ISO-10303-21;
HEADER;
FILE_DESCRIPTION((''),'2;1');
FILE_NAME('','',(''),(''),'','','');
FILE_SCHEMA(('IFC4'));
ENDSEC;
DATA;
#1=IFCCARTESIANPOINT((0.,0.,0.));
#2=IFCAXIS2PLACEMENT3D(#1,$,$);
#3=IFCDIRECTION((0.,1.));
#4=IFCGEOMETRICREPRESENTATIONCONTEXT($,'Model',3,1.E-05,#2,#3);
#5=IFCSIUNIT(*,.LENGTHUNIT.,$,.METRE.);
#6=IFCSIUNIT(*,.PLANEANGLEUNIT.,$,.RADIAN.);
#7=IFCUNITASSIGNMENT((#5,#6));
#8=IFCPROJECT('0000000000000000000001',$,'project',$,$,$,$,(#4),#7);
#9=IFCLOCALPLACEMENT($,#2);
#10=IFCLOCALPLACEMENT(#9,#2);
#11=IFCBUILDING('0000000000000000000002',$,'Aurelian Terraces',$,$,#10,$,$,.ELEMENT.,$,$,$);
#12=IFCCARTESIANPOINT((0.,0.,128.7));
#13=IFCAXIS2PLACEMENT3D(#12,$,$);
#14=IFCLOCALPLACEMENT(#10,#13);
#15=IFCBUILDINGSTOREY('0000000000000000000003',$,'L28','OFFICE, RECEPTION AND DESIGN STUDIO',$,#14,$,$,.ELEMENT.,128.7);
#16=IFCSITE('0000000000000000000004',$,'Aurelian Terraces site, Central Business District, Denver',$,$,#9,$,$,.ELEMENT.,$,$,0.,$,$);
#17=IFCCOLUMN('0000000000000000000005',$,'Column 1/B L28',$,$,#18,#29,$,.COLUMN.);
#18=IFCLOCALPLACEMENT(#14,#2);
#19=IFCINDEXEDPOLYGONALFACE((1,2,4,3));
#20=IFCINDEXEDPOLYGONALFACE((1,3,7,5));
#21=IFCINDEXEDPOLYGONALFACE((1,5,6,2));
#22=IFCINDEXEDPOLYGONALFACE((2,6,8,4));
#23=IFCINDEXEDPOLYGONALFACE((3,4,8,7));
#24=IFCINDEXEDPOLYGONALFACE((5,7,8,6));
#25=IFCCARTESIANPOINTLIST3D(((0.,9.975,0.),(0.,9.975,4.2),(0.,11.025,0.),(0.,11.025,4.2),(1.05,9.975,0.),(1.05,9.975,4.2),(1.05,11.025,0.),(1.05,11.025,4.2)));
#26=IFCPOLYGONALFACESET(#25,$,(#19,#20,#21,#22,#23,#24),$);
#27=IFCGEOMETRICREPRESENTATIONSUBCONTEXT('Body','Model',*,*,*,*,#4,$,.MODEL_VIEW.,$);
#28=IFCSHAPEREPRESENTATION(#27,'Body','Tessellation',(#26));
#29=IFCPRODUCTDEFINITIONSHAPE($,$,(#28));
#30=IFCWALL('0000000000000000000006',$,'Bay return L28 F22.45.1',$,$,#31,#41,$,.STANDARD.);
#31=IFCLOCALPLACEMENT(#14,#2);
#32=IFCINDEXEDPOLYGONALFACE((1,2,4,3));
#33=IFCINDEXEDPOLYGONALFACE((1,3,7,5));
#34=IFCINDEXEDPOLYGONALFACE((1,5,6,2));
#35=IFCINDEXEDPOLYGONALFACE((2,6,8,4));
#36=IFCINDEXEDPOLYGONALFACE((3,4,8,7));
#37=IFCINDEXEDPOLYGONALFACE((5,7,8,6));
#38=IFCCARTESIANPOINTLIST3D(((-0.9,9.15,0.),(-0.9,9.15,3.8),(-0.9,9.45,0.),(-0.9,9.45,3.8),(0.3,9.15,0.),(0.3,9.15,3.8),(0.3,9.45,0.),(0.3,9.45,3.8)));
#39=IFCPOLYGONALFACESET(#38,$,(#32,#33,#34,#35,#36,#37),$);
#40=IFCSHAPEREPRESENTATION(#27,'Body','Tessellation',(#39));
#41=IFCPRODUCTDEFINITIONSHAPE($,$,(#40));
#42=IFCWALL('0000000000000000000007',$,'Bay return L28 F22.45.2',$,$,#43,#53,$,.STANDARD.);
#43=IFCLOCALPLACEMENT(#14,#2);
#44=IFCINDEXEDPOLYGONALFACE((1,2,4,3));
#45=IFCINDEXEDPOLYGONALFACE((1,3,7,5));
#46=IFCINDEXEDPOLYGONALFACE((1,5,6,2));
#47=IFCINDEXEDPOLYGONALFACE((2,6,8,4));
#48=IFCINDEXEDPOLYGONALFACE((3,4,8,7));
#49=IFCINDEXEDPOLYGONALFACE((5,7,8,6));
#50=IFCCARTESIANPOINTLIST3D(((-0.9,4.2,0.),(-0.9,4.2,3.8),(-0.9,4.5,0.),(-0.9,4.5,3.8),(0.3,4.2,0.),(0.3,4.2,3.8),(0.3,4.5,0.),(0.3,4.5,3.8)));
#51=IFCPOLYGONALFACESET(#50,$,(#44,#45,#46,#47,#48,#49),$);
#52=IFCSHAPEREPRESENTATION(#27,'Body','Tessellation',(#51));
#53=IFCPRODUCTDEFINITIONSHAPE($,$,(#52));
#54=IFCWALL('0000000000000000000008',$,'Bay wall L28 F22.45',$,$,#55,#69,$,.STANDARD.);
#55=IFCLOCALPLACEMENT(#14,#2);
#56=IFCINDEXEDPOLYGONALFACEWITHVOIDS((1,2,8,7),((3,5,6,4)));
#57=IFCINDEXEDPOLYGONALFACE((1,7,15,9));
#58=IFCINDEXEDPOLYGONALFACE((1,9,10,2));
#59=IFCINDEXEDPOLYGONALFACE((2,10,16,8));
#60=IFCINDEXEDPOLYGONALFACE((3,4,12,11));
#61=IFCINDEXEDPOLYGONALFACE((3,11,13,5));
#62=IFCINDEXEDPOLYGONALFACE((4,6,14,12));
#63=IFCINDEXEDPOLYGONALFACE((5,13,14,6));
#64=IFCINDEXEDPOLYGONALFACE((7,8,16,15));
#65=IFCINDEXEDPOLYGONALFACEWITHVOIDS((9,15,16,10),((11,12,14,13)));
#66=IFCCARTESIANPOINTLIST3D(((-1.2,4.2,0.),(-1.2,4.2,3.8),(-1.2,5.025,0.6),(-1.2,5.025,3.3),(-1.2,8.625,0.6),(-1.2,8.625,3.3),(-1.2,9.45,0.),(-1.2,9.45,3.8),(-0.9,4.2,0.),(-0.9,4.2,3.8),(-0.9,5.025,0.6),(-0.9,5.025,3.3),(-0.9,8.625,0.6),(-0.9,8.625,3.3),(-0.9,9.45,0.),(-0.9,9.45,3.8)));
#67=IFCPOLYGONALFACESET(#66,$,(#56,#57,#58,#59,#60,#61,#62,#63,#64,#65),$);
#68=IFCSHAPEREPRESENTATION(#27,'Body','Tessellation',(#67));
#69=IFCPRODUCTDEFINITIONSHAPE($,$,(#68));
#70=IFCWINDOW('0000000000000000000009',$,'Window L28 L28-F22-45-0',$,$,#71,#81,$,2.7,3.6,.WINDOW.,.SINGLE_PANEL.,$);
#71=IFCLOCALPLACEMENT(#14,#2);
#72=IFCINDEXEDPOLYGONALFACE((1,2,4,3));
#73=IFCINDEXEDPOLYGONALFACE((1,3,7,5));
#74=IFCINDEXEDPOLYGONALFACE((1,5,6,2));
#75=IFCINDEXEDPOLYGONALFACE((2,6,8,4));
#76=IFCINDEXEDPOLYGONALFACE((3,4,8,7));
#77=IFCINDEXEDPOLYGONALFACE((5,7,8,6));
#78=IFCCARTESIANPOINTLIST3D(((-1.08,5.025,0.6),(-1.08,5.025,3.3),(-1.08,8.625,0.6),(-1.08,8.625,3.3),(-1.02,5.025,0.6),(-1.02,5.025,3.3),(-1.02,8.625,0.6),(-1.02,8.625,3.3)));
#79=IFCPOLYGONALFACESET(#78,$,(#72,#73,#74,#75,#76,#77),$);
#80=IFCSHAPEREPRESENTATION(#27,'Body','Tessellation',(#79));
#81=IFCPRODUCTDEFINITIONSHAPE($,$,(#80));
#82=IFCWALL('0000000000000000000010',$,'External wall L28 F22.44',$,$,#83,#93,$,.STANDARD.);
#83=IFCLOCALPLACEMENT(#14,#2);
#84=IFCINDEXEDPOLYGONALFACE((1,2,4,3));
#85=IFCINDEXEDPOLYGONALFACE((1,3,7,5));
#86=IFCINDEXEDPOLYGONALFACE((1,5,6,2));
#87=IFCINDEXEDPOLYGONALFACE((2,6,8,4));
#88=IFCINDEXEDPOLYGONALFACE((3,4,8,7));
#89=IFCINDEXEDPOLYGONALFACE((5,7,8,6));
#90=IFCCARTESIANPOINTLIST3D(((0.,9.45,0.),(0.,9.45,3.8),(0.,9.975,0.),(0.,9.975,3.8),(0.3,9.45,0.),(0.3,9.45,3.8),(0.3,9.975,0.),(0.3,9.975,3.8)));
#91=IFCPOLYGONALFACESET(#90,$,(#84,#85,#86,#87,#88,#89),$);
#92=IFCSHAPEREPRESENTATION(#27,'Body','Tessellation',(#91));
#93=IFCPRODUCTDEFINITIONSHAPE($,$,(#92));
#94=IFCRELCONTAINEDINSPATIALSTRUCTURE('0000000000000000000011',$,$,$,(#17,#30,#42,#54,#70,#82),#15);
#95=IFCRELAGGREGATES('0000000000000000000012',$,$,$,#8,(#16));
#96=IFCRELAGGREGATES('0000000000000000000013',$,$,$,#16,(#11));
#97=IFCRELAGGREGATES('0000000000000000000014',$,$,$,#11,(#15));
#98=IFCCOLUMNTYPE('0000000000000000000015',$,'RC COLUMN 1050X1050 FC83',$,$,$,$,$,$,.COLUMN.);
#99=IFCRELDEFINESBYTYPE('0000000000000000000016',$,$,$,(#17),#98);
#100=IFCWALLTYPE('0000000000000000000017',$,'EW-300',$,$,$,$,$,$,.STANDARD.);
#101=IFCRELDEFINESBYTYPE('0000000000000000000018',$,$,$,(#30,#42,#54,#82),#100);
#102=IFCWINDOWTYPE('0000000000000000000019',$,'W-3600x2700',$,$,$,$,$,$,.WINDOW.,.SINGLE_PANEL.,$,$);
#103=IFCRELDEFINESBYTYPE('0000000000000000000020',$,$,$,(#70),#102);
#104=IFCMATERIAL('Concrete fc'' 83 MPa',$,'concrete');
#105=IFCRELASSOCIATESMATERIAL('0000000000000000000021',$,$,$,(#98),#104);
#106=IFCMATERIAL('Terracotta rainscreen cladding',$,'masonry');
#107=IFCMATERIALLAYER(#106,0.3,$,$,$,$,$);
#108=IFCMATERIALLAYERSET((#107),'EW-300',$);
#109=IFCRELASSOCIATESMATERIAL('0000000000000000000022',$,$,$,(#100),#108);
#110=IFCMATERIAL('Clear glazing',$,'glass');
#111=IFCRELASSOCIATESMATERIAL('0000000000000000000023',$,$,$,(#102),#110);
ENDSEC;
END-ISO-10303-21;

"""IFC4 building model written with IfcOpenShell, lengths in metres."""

from ifc_helpers import new_model, si_unit, direction, frame, frame_2d, origin, origin_2d, place, context, subcontext, project, spatial, rectangle, extrude, source, transform, mapped, material, layer, layer_set, material_profile, profile_set, type_object, element, fill, save


model = new_model("IFC4")

# Units and contexts
model_context = context("Model", 3, precision=1e-05, world=origin(), true_north=direction((0.0, 1.0)))
body_context = subcontext(model_context, "Body", "Model", "MODEL_VIEW")
ifc_project = project(units=[si_unit("LENGTHUNIT", "METRE"), si_unit("PLANEANGLEUNIT", "RADIAN")], contexts=[model_context])

# Site, building, storey
site_placement = place(None, origin())
site = spatial("IfcSite", under=ifc_project, at=site_placement, Name="Aurelian Terraces site, Central Business District, Denver", CompositionType="ELEMENT", RefElevation=0.0)
building_placement = place(site_placement, origin())
building = spatial("IfcBuilding", under=site, at=building_placement, Name="Aurelian Terraces", CompositionType="ELEMENT")
storey_placement = place(building_placement, frame((0.0, 0.0, 128.7)))
storey = spatial("IfcBuildingStorey", under=building, at=storey_placement, Name="L28", Description="OFFICE, RECEPTION AND DESIGN STUDIO", CompositionType="ELEMENT", Elevation=128.7)

# Column
ifc_material_1 = material(Name="Concrete fc' 83 MPa", Category="concrete")
ifc_material_profile = material_profile(ifc_material_1, rectangle(XDim=1.05, YDim=1.05, at=origin_2d()))
ifc_profile_set = profile_set([ifc_material_profile], Name="Concrete fc' 83 MPa")
column_type = type_object("IfcColumnType", Name="RC COLUMN 1050X1050 FC83", PredefinedType="COLUMN", material=ifc_profile_set)
shared_shape_1 = source(origin(), body_context, "Body", "SweptSolid", [
    extrude(rectangle(XDim=1.05, YDim=1.05, at=origin_2d()), origin(), (0.0, 0.0, 1.0), 4.2),
])
column_placement = place(storey_placement, frame((0.525, 10.5, 0.0), z_axis=(0.0, 0.0, 1.0), x_axis=(1.0, 0.0, 0.0)))
element("IfcColumn", 1, at=column_placement, inside=storey, type_object=column_type, Name="Column 1/B L28", PredefinedType="COLUMN", context=body_context, shape_type="MappedRepresentation", body=[
    mapped(shared_shape_1, transform((0.0, 0.0, 0.0), scale=1.0)),
])

# Walls
ifc_material_2 = material(Name="Terracotta rainscreen cladding", Category="masonry")
ifc_layer_1 = layer(ifc_material_2, 0.3)
ifc_layer_set_1 = layer_set([ifc_layer_1], Name="EW-300")
wall_type_1 = type_object("IfcWallType", Name="EW-300", PredefinedType="STANDARD", material=ifc_layer_set_1)
shared_shape_2 = source(origin(), body_context, "Body", "SweptSolid", [
    extrude(rectangle(XDim=1.2, YDim=0.3, at=frame_2d((0.6, 0.0))), origin(), (0.0, 0.0, 1.0), 3.8),
])
for number, where, z_axis, x_axis, name in (
    (2, (0.3, 9.3, 0.0), (0.0, 0.0, 1.0), (-1.0, 0.0, 0.0), "Bay return L28 F22.45.1"),
    (3, (0.3, 4.35, 0.0), (0.0, 0.0, 1.0), (-1.0, 0.0, 0.0), "Bay return L28 F22.45.2"),
):
    element("IfcWall", number, at=place(storey_placement, frame(where, z_axis=z_axis, x_axis=x_axis)), inside=storey, type_object=wall_type_1, Name=name, PredefinedType="STANDARD", context=body_context, shape_type="MappedRepresentation", body=[
        mapped(shared_shape_2, transform((0.0, 0.0, 0.0), scale=1.0)),
    ])

# Wall, opening, window
shared_shape_3 = source(origin(), body_context, "Body", "SweptSolid", [
    extrude(rectangle(XDim=5.25, YDim=0.3, at=frame_2d((2.625, 0.0))), origin(), (0.0, 0.0, 1.0), 3.8),
])
wall_1_placement = place(storey_placement, frame((-1.05, 9.45, 0.0), z_axis=(0.0, 0.0, 1.0), x_axis=(0.0, -1.0, 0.0)))
wall_1 = element("IfcWall", 4, at=wall_1_placement, inside=storey, type_object=wall_type_1, Name="Bay wall L28 F22.45", PredefinedType="STANDARD", context=body_context, shape_type="MappedRepresentation", body=[
    mapped(shared_shape_3, transform((0.0, 0.0, 0.0), scale=1.0)),
])
shared_shape_4 = source(origin(), body_context, "Body", "SweptSolid", [
    extrude(rectangle(XDim=3.6, YDim=2.7, at=frame_2d((1.8, 1.35))), frame((0.0, 0.16, 0.0), z_axis=(0.0, -1.0, 0.0), x_axis=(1.0, 0.0, 0.0)), (0.0, 0.0, 1.0), 0.32),
])
opening_1_placement = place(wall_1_placement, frame((0.825, 0.0, 0.6)))
opening_1 = element("IfcOpeningElement", 5, at=opening_1_placement, cuts=wall_1, PredefinedType="OPENING", context=body_context, shape_type="MappedRepresentation", body=[
    mapped(shared_shape_4, transform((0.0, 0.0, 0.0), scale=1.0)),
])
ifc_material_3 = material(Name="Clear glazing", Category="glass")
window_type = type_object("IfcWindowType", Name="W-3600x2700", PartitioningType="SINGLE_PANEL", PredefinedType="WINDOW", material=ifc_material_3)
shared_shape_5 = source(origin(), body_context, "Body", "SweptSolid", [
    extrude(rectangle(XDim=3.6, YDim=2.7, at=frame_2d((1.8, 1.35))), frame((0.0, 0.03, 0.0), z_axis=(0.0, -1.0, 0.0), x_axis=(1.0, 0.0, 0.0)), (0.0, 0.0, 1.0), 0.06),
])
window_placement = place(opening_1_placement, origin())
window = element("IfcWindow", 6, at=window_placement, inside=storey, type_object=window_type, Name="Window L28 L28-F22-45-0", OverallHeight=2.7, OverallWidth=3.6, PartitioningType="SINGLE_PANEL", PredefinedType="WINDOW", context=body_context, shape_type="MappedRepresentation", body=[
    mapped(shared_shape_5, transform((0.0, 0.0, 0.0), scale=1.0)),
])
fill(opening_1, window)

# Wall
shared_shape_6 = source(origin(), body_context, "Body", "SweptSolid", [
    extrude(rectangle(XDim=0.525, YDim=0.3, at=frame_2d((0.2625, 0.0))), origin(), (0.0, 0.0, 1.0), 3.8),
])
wall_2_placement = place(storey_placement, frame((0.15, 9.975, 0.0), z_axis=(0.0, 0.0, 1.0), x_axis=(0.0, -1.0, 0.0)))
element("IfcWall", 7, at=wall_2_placement, inside=storey, type_object=wall_type_1, Name="External wall L28 F22.44", PredefinedType="STANDARD", context=body_context, shape_type="MappedRepresentation", body=[
    mapped(shared_shape_6, transform((0.0, 0.0, 0.0), scale=1.0)),
])

save(model, "model.ifc")
